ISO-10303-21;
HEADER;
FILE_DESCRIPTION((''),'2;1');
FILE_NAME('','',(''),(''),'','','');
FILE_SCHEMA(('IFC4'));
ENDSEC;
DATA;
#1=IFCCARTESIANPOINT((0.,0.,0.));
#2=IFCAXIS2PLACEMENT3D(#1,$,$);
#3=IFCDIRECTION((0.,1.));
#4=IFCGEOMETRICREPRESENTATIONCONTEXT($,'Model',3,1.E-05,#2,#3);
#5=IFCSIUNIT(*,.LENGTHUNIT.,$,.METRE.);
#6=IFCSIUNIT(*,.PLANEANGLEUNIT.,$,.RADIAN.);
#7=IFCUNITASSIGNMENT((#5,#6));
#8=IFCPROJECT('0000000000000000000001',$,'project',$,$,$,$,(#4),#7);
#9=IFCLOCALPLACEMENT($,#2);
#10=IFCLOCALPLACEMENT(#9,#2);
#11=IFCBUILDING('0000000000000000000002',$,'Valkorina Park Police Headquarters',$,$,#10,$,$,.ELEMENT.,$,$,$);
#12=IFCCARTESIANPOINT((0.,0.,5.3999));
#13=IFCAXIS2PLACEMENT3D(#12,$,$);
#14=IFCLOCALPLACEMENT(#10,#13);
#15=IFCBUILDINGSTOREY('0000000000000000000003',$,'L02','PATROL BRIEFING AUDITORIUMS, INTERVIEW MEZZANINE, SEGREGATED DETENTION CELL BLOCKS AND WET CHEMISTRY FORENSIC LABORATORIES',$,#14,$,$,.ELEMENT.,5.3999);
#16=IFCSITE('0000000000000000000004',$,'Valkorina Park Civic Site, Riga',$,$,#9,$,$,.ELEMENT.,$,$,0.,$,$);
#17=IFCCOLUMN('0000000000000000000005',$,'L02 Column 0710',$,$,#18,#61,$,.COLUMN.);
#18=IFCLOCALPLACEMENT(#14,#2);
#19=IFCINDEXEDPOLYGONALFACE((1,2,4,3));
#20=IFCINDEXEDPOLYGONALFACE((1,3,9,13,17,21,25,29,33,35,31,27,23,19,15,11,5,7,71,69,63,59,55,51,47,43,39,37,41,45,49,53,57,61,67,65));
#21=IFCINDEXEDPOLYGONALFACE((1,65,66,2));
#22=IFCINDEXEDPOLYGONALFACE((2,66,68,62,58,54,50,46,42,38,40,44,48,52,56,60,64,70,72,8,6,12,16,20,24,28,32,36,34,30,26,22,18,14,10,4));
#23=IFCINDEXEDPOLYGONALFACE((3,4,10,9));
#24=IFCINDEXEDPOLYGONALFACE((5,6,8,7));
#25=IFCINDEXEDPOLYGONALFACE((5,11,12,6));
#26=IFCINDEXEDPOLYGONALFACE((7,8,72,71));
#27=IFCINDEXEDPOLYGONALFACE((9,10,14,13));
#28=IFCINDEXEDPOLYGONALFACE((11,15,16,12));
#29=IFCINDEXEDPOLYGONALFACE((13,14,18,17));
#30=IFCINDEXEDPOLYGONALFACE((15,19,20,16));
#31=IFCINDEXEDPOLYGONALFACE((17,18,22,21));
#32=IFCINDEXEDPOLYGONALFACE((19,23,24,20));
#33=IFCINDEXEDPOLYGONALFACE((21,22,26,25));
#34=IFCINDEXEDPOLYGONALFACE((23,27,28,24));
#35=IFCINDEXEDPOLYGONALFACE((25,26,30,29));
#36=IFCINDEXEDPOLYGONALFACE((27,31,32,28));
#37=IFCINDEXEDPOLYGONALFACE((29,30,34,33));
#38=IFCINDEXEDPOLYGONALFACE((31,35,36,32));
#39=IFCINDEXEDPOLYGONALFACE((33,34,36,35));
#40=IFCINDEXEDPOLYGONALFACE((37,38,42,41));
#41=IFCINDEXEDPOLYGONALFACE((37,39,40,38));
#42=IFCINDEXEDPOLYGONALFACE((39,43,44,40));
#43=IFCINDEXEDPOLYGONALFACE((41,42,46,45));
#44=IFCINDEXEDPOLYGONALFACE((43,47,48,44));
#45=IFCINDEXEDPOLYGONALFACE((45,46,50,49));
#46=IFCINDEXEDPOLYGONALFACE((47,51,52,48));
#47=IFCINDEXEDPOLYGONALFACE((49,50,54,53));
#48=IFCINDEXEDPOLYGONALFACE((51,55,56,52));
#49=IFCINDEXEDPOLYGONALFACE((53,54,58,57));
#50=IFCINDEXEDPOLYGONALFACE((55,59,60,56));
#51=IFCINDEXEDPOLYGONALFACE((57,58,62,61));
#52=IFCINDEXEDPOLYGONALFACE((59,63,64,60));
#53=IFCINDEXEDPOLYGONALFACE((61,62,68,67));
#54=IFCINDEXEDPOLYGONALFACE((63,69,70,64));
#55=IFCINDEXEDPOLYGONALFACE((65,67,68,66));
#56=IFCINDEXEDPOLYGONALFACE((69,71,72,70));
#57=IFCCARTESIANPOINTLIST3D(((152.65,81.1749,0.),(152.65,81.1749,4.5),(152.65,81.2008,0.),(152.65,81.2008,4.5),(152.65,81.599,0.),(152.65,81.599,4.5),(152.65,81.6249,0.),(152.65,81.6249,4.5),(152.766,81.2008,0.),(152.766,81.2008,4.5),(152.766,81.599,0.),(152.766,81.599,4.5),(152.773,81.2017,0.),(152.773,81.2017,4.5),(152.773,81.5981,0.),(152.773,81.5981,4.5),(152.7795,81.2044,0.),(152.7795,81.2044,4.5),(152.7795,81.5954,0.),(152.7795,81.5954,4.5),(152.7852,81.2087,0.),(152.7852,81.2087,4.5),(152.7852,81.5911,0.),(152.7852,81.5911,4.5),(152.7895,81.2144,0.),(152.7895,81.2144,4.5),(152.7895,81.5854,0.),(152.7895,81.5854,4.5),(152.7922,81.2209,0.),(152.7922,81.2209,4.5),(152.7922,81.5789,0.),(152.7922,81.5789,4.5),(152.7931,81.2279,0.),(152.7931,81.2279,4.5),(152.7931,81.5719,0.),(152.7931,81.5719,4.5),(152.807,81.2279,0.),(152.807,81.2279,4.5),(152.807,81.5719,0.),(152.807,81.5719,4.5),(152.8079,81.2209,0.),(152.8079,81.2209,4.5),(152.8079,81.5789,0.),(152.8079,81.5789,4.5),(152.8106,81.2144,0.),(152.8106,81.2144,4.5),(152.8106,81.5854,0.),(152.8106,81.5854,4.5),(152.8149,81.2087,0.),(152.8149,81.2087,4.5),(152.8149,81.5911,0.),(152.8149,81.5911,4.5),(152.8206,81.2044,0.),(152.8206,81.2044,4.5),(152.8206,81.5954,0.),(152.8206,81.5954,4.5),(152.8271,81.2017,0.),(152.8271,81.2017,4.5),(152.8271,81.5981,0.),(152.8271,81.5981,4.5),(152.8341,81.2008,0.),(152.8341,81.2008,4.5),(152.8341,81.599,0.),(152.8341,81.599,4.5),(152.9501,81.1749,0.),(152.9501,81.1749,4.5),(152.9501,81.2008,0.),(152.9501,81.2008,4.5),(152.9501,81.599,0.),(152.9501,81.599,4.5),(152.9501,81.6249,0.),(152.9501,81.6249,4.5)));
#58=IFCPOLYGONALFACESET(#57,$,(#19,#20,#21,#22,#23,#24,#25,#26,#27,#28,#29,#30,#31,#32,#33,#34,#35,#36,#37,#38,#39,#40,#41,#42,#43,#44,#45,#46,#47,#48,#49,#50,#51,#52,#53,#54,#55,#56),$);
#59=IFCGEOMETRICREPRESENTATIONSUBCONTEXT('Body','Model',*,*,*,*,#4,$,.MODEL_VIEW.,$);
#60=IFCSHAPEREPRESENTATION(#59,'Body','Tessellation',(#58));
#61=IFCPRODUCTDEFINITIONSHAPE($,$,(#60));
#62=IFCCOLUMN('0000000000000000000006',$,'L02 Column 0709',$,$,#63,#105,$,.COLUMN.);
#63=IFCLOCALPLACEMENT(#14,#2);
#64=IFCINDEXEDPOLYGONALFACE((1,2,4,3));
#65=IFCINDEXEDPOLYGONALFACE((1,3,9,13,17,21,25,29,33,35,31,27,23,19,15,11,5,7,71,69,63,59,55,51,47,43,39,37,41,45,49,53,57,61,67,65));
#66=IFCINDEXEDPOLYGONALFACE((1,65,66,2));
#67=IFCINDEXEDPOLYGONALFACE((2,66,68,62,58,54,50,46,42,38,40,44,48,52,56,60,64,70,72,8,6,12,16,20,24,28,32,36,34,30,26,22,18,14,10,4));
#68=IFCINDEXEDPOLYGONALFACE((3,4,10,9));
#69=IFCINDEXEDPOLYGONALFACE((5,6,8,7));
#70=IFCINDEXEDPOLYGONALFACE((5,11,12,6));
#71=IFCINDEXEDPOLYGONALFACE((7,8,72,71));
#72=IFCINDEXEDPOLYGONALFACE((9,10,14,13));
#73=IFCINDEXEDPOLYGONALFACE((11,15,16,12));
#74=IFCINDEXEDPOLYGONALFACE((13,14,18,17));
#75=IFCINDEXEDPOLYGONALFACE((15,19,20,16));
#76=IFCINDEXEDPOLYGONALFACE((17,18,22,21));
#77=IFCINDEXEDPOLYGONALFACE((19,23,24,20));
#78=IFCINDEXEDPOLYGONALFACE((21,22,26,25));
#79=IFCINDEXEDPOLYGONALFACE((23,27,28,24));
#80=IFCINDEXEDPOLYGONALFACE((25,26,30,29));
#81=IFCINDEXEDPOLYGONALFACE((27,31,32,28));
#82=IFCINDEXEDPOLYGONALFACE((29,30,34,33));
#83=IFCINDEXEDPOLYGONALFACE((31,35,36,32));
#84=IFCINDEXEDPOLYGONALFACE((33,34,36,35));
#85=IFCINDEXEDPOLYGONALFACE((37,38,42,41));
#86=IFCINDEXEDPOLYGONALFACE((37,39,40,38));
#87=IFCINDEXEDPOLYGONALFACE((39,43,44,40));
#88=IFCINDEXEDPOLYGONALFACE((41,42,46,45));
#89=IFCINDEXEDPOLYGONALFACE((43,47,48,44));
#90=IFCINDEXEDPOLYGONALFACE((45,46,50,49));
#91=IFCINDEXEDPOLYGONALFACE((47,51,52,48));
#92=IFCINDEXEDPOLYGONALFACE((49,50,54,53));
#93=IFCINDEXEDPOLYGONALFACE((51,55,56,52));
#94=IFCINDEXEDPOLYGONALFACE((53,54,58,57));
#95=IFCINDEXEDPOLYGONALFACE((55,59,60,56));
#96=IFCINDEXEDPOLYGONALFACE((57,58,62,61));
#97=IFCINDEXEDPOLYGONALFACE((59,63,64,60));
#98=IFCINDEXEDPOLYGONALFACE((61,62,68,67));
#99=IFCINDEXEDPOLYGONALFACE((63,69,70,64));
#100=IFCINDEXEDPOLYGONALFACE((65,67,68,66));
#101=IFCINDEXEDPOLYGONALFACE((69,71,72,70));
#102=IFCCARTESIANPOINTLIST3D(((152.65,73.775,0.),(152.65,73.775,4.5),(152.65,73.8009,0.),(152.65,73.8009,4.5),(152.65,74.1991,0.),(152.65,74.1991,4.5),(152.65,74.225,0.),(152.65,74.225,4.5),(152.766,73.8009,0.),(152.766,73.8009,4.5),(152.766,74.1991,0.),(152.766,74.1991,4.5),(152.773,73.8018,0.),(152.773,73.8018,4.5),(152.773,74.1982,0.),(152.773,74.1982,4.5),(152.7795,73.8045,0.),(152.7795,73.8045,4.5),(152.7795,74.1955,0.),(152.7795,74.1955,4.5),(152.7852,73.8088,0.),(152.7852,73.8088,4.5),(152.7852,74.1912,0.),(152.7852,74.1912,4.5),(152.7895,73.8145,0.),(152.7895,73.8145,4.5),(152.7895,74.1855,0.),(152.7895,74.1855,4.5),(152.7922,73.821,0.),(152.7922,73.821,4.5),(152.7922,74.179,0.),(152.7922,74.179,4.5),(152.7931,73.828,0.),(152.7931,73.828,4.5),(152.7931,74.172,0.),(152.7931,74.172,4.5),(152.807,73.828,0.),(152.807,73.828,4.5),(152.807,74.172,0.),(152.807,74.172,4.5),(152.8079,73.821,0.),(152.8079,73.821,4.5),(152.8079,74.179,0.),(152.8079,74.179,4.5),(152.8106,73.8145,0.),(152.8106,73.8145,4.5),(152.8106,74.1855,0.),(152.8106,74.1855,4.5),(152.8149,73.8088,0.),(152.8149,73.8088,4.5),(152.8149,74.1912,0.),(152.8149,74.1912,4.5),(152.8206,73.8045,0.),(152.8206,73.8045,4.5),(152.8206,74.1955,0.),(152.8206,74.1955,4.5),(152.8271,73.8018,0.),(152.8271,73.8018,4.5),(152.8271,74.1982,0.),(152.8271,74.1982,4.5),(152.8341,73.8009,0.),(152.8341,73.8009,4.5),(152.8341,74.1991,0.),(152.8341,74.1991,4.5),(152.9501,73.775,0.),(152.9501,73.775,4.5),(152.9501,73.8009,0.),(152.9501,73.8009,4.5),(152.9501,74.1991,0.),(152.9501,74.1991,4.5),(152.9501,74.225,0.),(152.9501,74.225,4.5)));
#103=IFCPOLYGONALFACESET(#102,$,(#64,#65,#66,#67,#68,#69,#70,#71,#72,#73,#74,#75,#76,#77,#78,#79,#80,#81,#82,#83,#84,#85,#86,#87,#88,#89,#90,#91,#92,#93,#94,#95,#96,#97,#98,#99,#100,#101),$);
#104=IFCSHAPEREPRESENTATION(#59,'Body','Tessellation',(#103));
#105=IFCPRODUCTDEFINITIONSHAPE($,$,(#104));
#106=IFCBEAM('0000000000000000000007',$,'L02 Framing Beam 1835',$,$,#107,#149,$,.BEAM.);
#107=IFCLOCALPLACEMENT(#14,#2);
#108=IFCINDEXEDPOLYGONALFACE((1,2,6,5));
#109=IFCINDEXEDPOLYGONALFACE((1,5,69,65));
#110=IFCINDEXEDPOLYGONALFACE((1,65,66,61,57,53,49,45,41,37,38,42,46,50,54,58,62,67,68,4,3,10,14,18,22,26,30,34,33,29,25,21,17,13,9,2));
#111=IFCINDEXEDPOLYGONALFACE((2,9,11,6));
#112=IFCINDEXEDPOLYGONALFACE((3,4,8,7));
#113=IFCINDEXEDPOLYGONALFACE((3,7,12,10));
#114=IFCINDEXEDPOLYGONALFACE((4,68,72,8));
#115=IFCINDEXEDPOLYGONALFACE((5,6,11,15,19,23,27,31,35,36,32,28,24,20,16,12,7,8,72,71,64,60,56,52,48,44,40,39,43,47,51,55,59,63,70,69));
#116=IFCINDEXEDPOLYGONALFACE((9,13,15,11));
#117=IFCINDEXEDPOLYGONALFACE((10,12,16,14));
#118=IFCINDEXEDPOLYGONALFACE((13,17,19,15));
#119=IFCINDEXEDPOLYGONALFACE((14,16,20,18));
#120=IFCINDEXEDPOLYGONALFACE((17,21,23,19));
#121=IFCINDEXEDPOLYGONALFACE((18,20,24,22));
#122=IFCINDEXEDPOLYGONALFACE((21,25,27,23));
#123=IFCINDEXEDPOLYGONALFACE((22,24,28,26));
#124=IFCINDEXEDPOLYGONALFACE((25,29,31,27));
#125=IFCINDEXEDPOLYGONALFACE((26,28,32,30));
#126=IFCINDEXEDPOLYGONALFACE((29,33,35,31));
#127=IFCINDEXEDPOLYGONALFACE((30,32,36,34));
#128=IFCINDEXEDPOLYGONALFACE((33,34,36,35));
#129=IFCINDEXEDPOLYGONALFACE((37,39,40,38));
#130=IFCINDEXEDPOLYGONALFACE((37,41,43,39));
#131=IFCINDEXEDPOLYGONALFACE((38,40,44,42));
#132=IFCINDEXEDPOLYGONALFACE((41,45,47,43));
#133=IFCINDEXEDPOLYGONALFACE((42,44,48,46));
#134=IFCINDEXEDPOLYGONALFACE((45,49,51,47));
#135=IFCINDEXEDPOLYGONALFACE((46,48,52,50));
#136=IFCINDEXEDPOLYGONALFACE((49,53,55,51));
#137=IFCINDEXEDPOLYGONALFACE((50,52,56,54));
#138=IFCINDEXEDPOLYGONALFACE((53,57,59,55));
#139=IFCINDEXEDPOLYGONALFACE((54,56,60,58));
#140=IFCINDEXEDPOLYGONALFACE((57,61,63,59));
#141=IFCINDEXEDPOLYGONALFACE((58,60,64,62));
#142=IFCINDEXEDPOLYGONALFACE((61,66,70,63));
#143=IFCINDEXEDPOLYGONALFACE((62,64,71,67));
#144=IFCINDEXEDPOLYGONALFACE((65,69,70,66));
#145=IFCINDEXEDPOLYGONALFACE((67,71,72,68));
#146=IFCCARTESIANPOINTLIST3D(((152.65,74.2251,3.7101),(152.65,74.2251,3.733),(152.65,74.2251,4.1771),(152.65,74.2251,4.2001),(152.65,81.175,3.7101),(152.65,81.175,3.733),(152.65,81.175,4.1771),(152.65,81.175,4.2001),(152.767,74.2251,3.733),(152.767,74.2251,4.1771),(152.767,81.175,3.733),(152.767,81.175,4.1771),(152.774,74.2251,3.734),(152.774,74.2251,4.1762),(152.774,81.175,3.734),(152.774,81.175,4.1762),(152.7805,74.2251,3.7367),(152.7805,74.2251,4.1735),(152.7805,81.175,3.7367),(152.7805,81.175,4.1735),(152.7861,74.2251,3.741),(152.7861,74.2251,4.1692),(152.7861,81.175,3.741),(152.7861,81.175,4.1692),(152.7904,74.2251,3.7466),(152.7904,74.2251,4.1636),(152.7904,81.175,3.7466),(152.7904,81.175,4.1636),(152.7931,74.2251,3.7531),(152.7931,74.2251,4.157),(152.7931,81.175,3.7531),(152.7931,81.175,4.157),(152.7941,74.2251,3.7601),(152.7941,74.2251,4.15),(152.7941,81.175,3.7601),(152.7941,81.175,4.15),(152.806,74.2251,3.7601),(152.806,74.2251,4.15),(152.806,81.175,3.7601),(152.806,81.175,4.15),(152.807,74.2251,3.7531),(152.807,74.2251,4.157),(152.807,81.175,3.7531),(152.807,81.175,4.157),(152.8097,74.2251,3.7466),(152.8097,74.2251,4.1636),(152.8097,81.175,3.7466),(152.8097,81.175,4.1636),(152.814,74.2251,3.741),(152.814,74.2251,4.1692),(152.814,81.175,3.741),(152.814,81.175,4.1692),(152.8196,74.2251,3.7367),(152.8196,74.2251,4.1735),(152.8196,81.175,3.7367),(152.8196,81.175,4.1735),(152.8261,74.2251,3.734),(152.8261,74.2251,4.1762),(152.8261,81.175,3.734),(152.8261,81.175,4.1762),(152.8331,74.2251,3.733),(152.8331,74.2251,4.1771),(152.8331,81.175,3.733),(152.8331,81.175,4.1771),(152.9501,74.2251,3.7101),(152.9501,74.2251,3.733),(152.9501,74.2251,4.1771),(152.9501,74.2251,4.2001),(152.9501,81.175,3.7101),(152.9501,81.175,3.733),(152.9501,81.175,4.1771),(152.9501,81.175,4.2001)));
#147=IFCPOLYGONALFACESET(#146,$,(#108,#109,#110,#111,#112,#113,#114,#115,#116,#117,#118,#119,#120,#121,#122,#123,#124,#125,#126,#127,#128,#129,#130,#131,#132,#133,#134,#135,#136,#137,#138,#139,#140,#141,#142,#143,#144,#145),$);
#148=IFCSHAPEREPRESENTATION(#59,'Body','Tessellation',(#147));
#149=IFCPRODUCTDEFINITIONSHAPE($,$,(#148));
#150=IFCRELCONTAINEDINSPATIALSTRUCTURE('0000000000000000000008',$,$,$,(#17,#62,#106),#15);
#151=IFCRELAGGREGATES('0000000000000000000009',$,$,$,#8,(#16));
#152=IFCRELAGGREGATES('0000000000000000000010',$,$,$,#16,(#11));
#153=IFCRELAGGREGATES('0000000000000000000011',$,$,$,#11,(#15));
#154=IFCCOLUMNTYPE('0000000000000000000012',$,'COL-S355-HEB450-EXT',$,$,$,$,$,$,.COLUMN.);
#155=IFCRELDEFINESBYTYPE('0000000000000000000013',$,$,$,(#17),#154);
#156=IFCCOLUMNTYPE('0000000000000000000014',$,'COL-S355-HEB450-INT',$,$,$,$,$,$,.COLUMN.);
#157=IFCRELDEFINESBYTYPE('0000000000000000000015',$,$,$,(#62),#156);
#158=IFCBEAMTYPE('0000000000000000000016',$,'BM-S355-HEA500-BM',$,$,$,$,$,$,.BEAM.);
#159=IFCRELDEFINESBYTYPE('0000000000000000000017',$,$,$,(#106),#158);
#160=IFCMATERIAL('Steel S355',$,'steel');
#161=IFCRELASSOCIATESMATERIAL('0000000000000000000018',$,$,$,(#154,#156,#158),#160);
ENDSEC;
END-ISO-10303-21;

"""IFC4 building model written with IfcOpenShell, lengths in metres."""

from ifc_helpers import new_model, si_unit, direction, frame, origin, origin_2d, place, context, subcontext, project, spatial, i_section, extrude, material, material_profile, profile_set, type_object, element, save


model = new_model("IFC4")

# Units and contexts
model_context = context("Model", 3, precision=1e-05, world=origin(), true_north=direction((0.0, 1.0)))
body_context = subcontext(model_context, "Body", "Model", "MODEL_VIEW")
ifc_project = project(units=[si_unit("LENGTHUNIT", "METRE"), si_unit("PLANEANGLEUNIT", "RADIAN")], contexts=[model_context])

# Site, building, storey
site_placement = place(None, origin())
site = spatial("IfcSite", under=ifc_project, at=site_placement, Name="Valkorina Park Civic Site, Riga", CompositionType="ELEMENT", RefElevation=0.0)
building_placement = place(site_placement, origin())
building = spatial("IfcBuilding", under=site, at=building_placement, Name="Valkorina Park Police Headquarters", CompositionType="ELEMENT")
storey_placement = place(building_placement, frame((0.0, 0.0, 5.3999)))
storey = spatial("IfcBuildingStorey", under=building, at=storey_placement, Name="L02", Description="PATROL BRIEFING AUDITORIUMS, INTERVIEW MEZZANINE, SEGREGATED DETENTION CELL BLOCKS AND WET CHEMISTRY FORENSIC LABORATORIES", CompositionType="ELEMENT", Elevation=5.3999)

# Columns
ifc_material_1 = material(Name="Steel S355", Category="steel")
ifc_material_profile_1 = material_profile(ifc_material_1, i_section(OverallWidth=0.3, OverallDepth=0.45, WebThickness=0.0139, FlangeThickness=0.0259, FilletRadius=0.0271, at=origin_2d()), Name="HEB 450")
ifc_profile_set_1 = profile_set([ifc_material_profile_1], Name="Steel S355")
column_type_1 = type_object("IfcColumnType", Name="COL-S355-HEB450-EXT", PredefinedType="COLUMN", material=ifc_profile_set_1)
column_1_placement = place(storey_placement, frame((152.8, 81.3999, 0.0), z_axis=(0.0, 0.0, 1.0), x_axis=(1.0, 0.0, 0.0)))
element("IfcColumn", 1, at=column_1_placement, inside=storey, type_object=column_type_1, Name="L02 Column 0710", PredefinedType="COLUMN", context=body_context, shape_type="SweptSolid", body=[
    extrude(i_section(OverallWidth=0.3, OverallDepth=0.45, WebThickness=0.0139, FlangeThickness=0.0259, FilletRadius=0.0271, at=origin_2d()), origin(), (0.0, 0.0, 1.0), 4.5),
])
ifc_material_profile_2 = material_profile(ifc_material_1, i_section(OverallWidth=0.3, OverallDepth=0.45, WebThickness=0.0139, FlangeThickness=0.0259, FilletRadius=0.0271, at=origin_2d()), Name="HEB 450")
ifc_profile_set_2 = profile_set([ifc_material_profile_2], Name="Steel S355")
column_type_2 = type_object("IfcColumnType", Name="COL-S355-HEB450-INT", PredefinedType="COLUMN", material=ifc_profile_set_2)
column_2_placement = place(storey_placement, frame((152.8, 74.0, 0.0), z_axis=(0.0, 0.0, 1.0), x_axis=(1.0, 0.0, 0.0)))
element("IfcColumn", 2, at=column_2_placement, inside=storey, type_object=column_type_2, Name="L02 Column 0709", PredefinedType="COLUMN", context=body_context, shape_type="SweptSolid", body=[
    extrude(i_section(OverallWidth=0.3, OverallDepth=0.45, WebThickness=0.0139, FlangeThickness=0.0259, FilletRadius=0.0271, at=origin_2d()), origin(), (0.0, 0.0, 1.0), 4.5),
])

# Beam
ifc_material_profile_3 = material_profile(ifc_material_1, i_section(OverallWidth=0.3, OverallDepth=0.49, WebThickness=0.012, FlangeThickness=0.0229, FilletRadius=0.0271, at=origin_2d()), Name="HEA 500")
ifc_profile_set_3 = profile_set([ifc_material_profile_3], Name="Steel S355")
beam_type_1 = type_object("IfcBeamType", Name="BM-S355-HEA500-BM", PredefinedType="BEAM", material=ifc_profile_set_3)
beam_placement = place(storey_placement, frame((152.8, 74.2251, 3.9551), z_axis=(0.0, 1.0, 0.0), x_axis=(-1.0, 0.0, 0.0)))
element("IfcBeam", 3, at=beam_placement, inside=storey, type_object=beam_type_1, Name="L02 Framing Beam 1835", PredefinedType="BEAM", context=body_context, shape_type="SweptSolid", body=[
    extrude(i_section(OverallWidth=0.3, OverallDepth=0.49, WebThickness=0.012, FlangeThickness=0.0229, FilletRadius=0.0271, at=origin_2d()), origin(), (0.0, 0.0, 1.0), 6.95),
])

save(model, "model.ifc")
